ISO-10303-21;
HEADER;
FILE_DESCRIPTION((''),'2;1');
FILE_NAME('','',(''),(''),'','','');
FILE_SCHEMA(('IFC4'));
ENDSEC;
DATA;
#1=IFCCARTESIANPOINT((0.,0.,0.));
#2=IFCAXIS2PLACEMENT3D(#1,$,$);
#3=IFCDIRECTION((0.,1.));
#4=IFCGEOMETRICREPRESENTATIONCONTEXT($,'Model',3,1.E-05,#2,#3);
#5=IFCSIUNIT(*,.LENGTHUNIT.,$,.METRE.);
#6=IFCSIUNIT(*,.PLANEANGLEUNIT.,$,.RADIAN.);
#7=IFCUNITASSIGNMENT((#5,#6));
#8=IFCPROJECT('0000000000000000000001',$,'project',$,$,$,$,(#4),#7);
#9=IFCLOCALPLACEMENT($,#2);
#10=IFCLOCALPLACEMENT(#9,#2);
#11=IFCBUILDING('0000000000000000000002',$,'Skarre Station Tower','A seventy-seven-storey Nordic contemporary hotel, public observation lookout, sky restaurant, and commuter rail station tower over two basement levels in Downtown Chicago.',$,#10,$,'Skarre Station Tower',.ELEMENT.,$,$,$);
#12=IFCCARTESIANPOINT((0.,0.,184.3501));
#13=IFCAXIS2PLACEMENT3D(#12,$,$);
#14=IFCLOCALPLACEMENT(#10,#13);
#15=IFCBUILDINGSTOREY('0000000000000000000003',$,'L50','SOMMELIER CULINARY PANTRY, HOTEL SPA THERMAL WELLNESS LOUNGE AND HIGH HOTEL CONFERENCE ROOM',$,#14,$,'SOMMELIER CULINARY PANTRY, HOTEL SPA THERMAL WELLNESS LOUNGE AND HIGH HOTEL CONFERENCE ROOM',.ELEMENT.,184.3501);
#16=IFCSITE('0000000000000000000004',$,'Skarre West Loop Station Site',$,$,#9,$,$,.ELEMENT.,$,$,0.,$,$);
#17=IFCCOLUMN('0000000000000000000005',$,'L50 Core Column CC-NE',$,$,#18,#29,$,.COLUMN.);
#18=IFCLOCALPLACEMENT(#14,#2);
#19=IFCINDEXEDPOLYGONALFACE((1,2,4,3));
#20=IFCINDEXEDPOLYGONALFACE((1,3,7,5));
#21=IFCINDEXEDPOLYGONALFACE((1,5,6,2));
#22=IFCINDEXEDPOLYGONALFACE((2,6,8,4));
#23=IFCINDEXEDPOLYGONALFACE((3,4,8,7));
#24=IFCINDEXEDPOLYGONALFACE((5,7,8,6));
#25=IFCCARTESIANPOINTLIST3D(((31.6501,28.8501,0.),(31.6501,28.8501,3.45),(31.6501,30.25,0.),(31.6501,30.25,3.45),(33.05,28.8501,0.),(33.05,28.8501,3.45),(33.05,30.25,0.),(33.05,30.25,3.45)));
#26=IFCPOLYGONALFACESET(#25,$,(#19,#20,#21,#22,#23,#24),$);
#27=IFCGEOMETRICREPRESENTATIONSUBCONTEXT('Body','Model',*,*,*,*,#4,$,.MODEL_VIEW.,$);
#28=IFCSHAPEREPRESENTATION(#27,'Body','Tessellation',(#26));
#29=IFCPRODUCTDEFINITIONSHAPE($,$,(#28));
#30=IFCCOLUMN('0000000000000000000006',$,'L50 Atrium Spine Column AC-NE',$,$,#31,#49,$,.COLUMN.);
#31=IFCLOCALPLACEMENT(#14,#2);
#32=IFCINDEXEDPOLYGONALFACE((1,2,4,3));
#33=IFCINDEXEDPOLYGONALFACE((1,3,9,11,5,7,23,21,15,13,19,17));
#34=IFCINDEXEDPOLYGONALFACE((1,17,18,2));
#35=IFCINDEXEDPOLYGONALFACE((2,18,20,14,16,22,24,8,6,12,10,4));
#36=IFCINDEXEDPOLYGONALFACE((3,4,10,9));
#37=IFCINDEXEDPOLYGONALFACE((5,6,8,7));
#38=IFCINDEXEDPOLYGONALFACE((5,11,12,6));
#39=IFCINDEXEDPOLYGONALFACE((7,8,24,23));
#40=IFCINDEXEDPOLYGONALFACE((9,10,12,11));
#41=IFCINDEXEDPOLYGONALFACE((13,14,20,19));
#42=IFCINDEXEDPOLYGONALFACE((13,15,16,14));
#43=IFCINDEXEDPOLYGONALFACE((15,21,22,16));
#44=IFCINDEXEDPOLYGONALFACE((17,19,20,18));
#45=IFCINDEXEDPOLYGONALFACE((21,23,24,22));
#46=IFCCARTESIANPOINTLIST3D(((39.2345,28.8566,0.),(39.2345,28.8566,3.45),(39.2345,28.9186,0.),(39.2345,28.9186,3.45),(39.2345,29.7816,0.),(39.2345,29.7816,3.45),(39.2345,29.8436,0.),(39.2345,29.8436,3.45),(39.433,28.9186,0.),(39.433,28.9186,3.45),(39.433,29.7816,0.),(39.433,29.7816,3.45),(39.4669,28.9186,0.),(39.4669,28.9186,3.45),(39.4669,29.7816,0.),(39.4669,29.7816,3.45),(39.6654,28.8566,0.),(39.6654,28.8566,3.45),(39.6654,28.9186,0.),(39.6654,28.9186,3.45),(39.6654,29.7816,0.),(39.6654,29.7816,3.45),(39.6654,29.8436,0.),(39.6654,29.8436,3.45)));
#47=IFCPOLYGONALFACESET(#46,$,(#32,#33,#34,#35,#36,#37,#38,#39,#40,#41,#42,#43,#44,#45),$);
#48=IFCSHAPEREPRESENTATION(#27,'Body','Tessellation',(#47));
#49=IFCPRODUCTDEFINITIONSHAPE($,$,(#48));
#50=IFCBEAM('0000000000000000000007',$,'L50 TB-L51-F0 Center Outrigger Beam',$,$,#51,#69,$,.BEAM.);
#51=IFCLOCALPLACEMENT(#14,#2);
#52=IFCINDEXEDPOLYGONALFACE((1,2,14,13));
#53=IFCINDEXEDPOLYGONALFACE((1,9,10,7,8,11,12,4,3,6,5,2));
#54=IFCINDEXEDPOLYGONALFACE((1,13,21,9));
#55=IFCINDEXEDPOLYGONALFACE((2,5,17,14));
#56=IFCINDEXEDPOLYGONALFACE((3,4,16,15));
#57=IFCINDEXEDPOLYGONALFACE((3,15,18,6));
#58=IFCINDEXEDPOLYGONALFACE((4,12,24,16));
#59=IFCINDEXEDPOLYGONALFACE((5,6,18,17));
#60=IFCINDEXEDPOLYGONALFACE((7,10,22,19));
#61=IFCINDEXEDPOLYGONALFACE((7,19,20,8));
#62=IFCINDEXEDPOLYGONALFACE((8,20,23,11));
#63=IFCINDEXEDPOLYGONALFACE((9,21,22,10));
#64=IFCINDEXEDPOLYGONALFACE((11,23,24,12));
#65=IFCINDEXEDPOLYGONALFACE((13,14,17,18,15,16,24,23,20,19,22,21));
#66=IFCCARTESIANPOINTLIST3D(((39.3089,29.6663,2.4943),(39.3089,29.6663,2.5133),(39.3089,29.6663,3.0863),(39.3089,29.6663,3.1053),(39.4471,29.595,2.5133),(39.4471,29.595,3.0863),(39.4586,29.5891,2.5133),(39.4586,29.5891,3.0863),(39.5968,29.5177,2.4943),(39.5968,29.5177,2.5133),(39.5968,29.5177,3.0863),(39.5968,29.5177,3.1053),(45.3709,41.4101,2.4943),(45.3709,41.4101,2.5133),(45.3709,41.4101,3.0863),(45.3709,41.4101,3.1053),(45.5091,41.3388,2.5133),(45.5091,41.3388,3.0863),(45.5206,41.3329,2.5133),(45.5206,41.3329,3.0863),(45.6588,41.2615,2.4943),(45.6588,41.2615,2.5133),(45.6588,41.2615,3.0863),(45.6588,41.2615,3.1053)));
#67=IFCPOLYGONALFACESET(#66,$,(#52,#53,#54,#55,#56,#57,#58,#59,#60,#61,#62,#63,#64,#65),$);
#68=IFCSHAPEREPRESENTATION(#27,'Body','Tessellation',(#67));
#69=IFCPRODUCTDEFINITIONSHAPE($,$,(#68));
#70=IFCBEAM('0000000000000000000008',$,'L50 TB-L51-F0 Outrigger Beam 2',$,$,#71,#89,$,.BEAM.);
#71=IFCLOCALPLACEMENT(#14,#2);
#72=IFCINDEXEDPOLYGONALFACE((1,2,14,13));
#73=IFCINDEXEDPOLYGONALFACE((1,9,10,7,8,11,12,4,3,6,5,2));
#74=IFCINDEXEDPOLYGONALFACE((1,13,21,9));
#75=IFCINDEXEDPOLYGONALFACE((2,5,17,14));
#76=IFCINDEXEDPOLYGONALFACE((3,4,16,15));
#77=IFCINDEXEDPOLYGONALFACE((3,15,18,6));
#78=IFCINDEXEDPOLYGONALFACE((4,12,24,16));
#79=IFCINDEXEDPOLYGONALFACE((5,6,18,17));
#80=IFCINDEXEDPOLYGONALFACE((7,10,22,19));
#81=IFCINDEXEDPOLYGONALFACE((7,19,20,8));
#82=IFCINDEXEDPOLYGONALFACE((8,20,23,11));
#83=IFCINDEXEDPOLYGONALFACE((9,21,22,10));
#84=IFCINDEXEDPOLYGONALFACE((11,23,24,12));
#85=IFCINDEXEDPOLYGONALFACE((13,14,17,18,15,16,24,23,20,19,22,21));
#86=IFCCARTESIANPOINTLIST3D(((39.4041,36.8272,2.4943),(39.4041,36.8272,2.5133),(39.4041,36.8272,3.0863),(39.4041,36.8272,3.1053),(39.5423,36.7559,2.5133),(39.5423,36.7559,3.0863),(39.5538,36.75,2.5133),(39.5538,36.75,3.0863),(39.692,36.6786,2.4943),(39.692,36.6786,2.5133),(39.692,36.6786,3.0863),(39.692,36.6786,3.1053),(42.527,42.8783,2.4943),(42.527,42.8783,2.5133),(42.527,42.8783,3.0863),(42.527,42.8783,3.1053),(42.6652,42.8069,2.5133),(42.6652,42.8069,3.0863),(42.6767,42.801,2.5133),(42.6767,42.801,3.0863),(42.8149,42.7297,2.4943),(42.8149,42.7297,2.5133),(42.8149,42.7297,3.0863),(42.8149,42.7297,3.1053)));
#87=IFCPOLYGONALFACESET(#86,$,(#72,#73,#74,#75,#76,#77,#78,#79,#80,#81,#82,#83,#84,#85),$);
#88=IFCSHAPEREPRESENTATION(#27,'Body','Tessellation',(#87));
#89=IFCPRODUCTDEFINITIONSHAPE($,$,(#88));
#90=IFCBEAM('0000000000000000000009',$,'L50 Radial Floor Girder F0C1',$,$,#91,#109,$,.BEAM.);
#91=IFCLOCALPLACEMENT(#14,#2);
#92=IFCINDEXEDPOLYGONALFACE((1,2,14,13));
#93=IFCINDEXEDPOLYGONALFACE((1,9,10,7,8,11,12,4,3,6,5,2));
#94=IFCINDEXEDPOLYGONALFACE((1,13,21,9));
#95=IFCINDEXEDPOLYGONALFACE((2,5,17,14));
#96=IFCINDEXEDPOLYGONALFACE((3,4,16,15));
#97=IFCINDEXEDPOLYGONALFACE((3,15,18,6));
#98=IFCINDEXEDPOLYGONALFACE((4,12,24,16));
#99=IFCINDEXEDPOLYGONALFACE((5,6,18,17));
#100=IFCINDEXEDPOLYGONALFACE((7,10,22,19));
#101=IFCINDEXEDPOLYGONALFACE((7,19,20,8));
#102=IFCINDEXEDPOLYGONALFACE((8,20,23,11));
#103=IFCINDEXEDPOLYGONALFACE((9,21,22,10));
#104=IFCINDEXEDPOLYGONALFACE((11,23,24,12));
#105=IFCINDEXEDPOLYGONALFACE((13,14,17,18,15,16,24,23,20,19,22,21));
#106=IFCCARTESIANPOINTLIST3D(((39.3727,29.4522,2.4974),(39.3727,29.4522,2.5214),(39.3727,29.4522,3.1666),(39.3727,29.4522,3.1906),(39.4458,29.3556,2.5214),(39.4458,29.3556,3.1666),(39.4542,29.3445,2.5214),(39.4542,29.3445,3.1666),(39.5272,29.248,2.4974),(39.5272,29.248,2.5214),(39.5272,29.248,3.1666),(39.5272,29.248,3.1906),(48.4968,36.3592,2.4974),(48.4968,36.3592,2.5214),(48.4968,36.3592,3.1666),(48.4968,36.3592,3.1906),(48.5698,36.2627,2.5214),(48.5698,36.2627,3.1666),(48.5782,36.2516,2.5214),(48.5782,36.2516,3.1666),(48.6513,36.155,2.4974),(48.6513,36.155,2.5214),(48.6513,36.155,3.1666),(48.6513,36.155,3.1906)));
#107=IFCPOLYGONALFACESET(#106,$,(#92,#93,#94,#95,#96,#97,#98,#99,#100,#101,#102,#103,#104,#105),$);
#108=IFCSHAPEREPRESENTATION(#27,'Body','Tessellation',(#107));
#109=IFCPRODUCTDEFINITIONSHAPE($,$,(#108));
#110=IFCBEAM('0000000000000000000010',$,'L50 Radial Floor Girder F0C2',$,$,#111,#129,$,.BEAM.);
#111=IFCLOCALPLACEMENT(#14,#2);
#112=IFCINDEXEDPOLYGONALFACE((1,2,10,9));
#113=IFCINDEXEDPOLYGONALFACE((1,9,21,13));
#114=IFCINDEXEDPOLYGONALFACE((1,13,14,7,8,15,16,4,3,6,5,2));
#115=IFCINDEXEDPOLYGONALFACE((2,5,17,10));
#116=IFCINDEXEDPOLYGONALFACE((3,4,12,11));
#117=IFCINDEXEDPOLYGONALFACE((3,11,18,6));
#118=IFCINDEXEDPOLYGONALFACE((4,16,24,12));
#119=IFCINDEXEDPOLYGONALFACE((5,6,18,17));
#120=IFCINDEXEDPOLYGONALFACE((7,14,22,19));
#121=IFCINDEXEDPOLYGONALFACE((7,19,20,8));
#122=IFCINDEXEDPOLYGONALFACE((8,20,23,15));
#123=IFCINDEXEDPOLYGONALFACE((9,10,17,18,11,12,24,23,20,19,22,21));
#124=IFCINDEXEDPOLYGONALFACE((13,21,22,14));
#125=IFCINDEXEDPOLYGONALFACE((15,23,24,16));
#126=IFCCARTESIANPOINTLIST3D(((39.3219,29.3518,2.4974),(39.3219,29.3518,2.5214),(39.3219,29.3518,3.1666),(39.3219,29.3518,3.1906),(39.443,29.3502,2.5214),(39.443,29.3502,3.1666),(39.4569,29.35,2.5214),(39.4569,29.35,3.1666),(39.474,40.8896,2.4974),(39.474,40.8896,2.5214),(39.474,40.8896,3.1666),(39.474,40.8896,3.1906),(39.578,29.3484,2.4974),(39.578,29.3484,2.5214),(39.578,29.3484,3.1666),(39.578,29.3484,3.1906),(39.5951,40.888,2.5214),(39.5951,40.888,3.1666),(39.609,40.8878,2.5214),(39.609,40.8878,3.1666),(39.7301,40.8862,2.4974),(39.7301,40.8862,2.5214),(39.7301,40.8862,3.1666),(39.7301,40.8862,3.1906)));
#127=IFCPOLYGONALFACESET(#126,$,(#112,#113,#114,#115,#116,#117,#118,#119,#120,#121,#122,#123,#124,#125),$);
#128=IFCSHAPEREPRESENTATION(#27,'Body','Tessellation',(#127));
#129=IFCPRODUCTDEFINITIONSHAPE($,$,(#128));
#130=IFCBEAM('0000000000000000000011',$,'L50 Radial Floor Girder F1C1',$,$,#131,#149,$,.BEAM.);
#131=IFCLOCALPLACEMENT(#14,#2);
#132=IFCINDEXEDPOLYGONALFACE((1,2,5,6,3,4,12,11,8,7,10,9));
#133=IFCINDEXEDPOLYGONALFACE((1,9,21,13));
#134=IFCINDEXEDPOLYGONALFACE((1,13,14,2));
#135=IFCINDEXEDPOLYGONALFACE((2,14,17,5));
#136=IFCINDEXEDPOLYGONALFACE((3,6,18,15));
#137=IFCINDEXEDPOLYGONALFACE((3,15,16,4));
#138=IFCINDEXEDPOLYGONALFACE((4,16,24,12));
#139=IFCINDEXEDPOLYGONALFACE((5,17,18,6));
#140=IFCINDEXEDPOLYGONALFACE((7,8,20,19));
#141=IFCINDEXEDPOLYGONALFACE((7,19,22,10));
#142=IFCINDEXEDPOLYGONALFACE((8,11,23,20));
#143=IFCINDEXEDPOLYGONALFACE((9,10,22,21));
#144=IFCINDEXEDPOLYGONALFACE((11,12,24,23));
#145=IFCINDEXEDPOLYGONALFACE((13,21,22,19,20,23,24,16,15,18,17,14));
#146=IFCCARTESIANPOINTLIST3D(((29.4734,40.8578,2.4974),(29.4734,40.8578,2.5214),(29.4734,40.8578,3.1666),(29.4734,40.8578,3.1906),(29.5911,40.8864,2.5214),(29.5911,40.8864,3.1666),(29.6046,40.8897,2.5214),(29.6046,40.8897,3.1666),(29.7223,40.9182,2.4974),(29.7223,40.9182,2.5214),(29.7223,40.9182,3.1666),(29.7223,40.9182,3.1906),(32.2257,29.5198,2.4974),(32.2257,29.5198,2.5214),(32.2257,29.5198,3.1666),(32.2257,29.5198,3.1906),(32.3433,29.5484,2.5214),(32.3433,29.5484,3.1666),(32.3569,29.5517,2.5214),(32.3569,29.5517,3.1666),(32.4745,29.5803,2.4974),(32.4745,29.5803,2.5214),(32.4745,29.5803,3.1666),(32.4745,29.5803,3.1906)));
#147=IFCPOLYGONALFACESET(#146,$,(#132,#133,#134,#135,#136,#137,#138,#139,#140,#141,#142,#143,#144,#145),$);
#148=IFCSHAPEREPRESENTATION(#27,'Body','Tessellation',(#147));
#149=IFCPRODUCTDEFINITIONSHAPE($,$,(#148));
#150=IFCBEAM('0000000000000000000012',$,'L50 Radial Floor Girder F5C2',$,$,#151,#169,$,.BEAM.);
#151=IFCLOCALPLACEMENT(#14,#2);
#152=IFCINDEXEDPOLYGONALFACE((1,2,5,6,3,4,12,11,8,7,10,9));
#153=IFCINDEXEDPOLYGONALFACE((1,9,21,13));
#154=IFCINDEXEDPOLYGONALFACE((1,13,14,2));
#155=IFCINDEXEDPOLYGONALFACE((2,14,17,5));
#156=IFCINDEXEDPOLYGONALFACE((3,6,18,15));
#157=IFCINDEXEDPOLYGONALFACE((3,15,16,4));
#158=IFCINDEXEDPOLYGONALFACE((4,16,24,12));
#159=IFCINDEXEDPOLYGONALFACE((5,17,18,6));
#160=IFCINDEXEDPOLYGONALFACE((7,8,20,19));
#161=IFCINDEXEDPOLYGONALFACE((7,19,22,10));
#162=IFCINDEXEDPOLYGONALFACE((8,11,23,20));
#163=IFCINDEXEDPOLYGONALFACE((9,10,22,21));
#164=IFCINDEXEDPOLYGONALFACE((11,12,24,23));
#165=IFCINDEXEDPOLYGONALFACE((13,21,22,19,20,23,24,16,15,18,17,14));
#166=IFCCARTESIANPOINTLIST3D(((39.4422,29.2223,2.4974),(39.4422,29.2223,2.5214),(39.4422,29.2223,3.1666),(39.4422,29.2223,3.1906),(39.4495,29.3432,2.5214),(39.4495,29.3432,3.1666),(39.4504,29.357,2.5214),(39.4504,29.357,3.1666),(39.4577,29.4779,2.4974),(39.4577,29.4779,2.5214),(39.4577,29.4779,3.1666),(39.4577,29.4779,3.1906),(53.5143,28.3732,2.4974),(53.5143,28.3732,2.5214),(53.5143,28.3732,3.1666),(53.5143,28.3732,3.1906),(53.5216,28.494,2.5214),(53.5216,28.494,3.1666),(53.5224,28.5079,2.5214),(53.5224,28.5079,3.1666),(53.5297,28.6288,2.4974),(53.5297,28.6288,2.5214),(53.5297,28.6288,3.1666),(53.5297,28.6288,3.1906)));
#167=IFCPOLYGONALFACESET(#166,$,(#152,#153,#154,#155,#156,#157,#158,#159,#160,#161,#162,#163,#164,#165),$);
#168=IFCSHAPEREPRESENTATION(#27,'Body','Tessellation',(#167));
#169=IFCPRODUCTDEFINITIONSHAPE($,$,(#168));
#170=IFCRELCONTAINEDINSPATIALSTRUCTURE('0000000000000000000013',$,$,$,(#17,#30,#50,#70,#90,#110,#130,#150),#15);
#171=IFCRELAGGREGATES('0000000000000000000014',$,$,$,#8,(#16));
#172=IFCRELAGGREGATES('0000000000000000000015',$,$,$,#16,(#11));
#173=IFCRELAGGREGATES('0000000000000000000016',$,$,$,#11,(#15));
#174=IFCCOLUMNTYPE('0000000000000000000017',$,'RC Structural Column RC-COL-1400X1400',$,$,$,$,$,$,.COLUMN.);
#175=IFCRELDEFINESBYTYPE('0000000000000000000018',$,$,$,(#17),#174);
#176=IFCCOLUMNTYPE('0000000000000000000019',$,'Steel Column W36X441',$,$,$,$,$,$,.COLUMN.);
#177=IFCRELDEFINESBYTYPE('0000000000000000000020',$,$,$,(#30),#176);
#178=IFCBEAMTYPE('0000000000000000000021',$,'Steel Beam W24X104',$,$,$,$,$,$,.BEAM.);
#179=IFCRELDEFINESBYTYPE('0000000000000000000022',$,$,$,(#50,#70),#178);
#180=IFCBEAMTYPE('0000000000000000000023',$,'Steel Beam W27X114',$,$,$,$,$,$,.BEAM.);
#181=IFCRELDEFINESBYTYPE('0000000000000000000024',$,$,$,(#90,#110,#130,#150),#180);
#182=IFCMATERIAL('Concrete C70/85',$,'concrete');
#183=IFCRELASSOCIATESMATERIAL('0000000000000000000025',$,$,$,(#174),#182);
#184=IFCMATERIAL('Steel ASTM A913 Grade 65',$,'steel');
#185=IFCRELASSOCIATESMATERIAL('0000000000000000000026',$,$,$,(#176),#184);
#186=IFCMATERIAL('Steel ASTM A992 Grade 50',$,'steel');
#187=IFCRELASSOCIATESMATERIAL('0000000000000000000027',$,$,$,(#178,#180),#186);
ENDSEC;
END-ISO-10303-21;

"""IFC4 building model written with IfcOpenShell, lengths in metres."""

from ifc_helpers import new_model, si_unit, direction, frame, origin, origin_2d, place, context, subcontext, project, spatial, rectangle, i_section, extrude, material, material_profile, profile_set, type_object, element, save


model = new_model("IFC4")

# Units and contexts
model_context = context("Model", 3, precision=1e-05, world=origin(), true_north=direction((0.0, 1.0)))
body_context = subcontext(model_context, "Body", "Model", "MODEL_VIEW")
ifc_project = project(units=[si_unit("LENGTHUNIT", "METRE"), si_unit("PLANEANGLEUNIT", "RADIAN")], contexts=[model_context])

# Site, building, storey
site_placement = place(None, origin())
site = spatial("IfcSite", under=ifc_project, at=site_placement, Name="Skarre West Loop Station Site", CompositionType="ELEMENT", RefElevation=0.0)
building_placement = place(site_placement, origin())
building = spatial("IfcBuilding", under=site, at=building_placement, Name="Skarre Station Tower", Description="A seventy-seven-storey Nordic contemporary hotel, public observation lookout, sky restaurant, and commuter rail station tower over two basement levels in Downtown Chicago.", LongName="Skarre Station Tower", CompositionType="ELEMENT")
storey_placement = place(building_placement, frame((0.0, 0.0, 184.3501)))
storey = spatial("IfcBuildingStorey", under=building, at=storey_placement, Name="L50", Description="SOMMELIER CULINARY PANTRY, HOTEL SPA THERMAL WELLNESS LOUNGE AND HIGH HOTEL CONFERENCE ROOM", LongName="SOMMELIER CULINARY PANTRY, HOTEL SPA THERMAL WELLNESS LOUNGE AND HIGH HOTEL CONFERENCE ROOM", CompositionType="ELEMENT", Elevation=184.3501)

# Columns
ifc_material_1 = material(Name="Concrete C70/85", Category="concrete")
ifc_material_profile_1 = material_profile(ifc_material_1, rectangle(XDim=1.3999, YDim=1.3999, at=origin_2d()), Name="Concrete C70/85")
ifc_profile_set_1 = profile_set([ifc_material_profile_1], Name="Concrete C70/85")
column_type_1 = type_object("IfcColumnType", Name="RC Structural Column RC-COL-1400X1400", PredefinedType="COLUMN", material=ifc_profile_set_1)
column_1_placement = place(storey_placement, frame((32.3501, 29.55, 0.0), z_axis=(0.0, 0.0, 1.0), x_axis=(1.0, 0.0, 0.0)))
element("IfcColumn", 1, at=column_1_placement, inside=storey, type_object=column_type_1, Name="L50 Core Column CC-NE", PredefinedType="COLUMN", context=body_context, shape_type="SweptSolid", body=[
    extrude(rectangle(XDim=1.3999, YDim=1.3999, at=origin_2d()), origin(), (0.0, 0.0, 1.0), 3.45),
])
ifc_material_2 = material(Name="Steel ASTM A913 Grade 65", Category="steel")
ifc_material_profile_2 = material_profile(ifc_material_2, i_section(OverallWidth=0.4309, OverallDepth=0.9871, WebThickness=0.0339, FlangeThickness=0.062, at=origin_2d()), Name="Steel ASTM A913 Grade 65")
ifc_profile_set_2 = profile_set([ifc_material_profile_2], Name="Steel ASTM A913 Grade 65")
column_type_2 = type_object("IfcColumnType", Name="Steel Column W36X441", PredefinedType="COLUMN", material=ifc_profile_set_2)
column_2_placement = place(storey_placement, frame((39.45, 29.3501, 0.0), z_axis=(0.0, 0.0, 1.0), x_axis=(1.0, 0.0, 0.0)))
element("IfcColumn", 2, at=column_2_placement, inside=storey, type_object=column_type_2, Name="L50 Atrium Spine Column AC-NE", PredefinedType="COLUMN", context=body_context, shape_type="SweptSolid", body=[
    extrude(i_section(OverallWidth=0.4309, OverallDepth=0.9871, WebThickness=0.0339, FlangeThickness=0.062, at=origin_2d()), origin(), (0.0, 0.0, 1.0), 3.45),
])

# Beams
ifc_material_3 = material(Name="Steel ASTM A992 Grade 50", Category="steel")
ifc_material_profile_3 = material_profile(ifc_material_3, i_section(OverallWidth=0.324, OverallDepth=0.6111, WebThickness=0.0129, FlangeThickness=0.019, at=origin_2d()), Name="Steel ASTM A992 Grade 50")
ifc_profile_set_3 = profile_set([ifc_material_profile_3], Name="Steel ASTM A992 Grade 50")
beam_type_1 = type_object("IfcBeamType", Name="Steel Beam W24X104", PredefinedType="BEAM", material=ifc_profile_set_3)
beam_1_placement = place(storey_placement, frame((39.4529, 29.592, 2.7998), z_axis=(0.458682, 0.888601, 0.0), x_axis=(-0.888601, 0.458682, 0.0)))
element("IfcBeam", 3, at=beam_1_placement, inside=storey, type_object=beam_type_1, Name="L50 TB-L51-F0 Center Outrigger Beam", PredefinedType="BEAM", context=body_context, shape_type="SweptSolid", body=[
    extrude(i_section(OverallWidth=0.324, OverallDepth=0.6111, WebThickness=0.0129, FlangeThickness=0.019, at=origin_2d()), origin(), (0.0, 0.0, 1.0), 13.2161),
])
beam_2_placement = place(storey_placement, frame((39.5481, 36.7529, 2.7998), z_axis=(0.458607, 0.888639, 0.0), x_axis=(-0.888639, 0.458607, 0.0)))
element("IfcBeam", 4, at=beam_2_placement, inside=storey, type_object=beam_type_1, Name="L50 TB-L51-F0 Outrigger Beam 2", PredefinedType="BEAM", context=body_context, shape_type="SweptSolid", body=[
    extrude(i_section(OverallWidth=0.324, OverallDepth=0.6111, WebThickness=0.0129, FlangeThickness=0.019, at=origin_2d()), origin(), (0.0, 0.0, 1.0), 6.8093),
])
ifc_material_profile_4 = material_profile(ifc_material_3, i_section(OverallWidth=0.2561, OverallDepth=0.6931, WebThickness=0.0139, FlangeThickness=0.0239, at=origin_2d()), Name="Steel ASTM A992 Grade 50")
ifc_profile_set_4 = profile_set([ifc_material_profile_4], Name="Steel ASTM A992 Grade 50")
beam_type_2 = type_object("IfcBeamType", Name="Steel Beam W27X114", PredefinedType="BEAM", material=ifc_profile_set_4)
beam_3_placement = place(storey_placement, frame((39.45, 29.3501, 2.844), z_axis=(0.797309, 0.603571, 0.0), x_axis=(-0.603571, 0.797309, 0.0)))
element("IfcBeam", 5, at=beam_3_placement, inside=storey, type_object=beam_type_2, Name="L50 Radial Floor Girder F0C1", PredefinedType="BEAM", context=body_context, shape_type="SweptSolid", body=[
    extrude(i_section(OverallWidth=0.2561, OverallDepth=0.6931, WebThickness=0.0139, FlangeThickness=0.0239, at=origin_2d()), origin(), (0.0, 0.0, 1.0), 11.4436),
])
beam_4_placement = place(storey_placement, frame((39.45, 29.3501, 2.844), z_axis=(0.013182, 0.999913, 0.0), x_axis=(-0.999913, 0.013182, 0.0)))
element("IfcBeam", 6, at=beam_4_placement, inside=storey, type_object=beam_type_2, Name="L50 Radial Floor Girder F0C2", PredefinedType="BEAM", context=body_context, shape_type="SweptSolid", body=[
    extrude(i_section(OverallWidth=0.2561, OverallDepth=0.6931, WebThickness=0.0139, FlangeThickness=0.0239, at=origin_2d()), origin(), (0.0, 0.0, 1.0), 11.5388),
])
beam_5_placement = place(storey_placement, frame((32.3501, 29.55, 2.844), z_axis=(-0.235893, 0.971779, 0.0), x_axis=(-0.971779, -0.235893, 0.0)))
element("IfcBeam", 7, at=beam_5_placement, inside=storey, type_object=beam_type_2, Name="L50 Radial Floor Girder F1C1", PredefinedType="BEAM", context=body_context, shape_type="SweptSolid", body=[
    extrude(i_section(OverallWidth=0.2561, OverallDepth=0.6931, WebThickness=0.0139, FlangeThickness=0.0239, at=origin_2d()), origin(), (0.0, 0.0, 1.0), 11.6672),
])
beam_6_placement = place(storey_placement, frame((39.45, 29.3501, 2.844), z_axis=(0.998184, -0.060232, 0.0), x_axis=(0.060232, 0.998184, 0.0)))
element("IfcBeam", 8, at=beam_6_placement, inside=storey, type_object=beam_type_2, Name="L50 Radial Floor Girder F5C2", PredefinedType="BEAM", context=body_context, shape_type="SweptSolid", body=[
    extrude(i_section(OverallWidth=0.2561, OverallDepth=0.6931, WebThickness=0.0139, FlangeThickness=0.0239, at=origin_2d()), origin(), (0.0, 0.0, 1.0), 14.0977),
])

save(model, "model.ifc")
